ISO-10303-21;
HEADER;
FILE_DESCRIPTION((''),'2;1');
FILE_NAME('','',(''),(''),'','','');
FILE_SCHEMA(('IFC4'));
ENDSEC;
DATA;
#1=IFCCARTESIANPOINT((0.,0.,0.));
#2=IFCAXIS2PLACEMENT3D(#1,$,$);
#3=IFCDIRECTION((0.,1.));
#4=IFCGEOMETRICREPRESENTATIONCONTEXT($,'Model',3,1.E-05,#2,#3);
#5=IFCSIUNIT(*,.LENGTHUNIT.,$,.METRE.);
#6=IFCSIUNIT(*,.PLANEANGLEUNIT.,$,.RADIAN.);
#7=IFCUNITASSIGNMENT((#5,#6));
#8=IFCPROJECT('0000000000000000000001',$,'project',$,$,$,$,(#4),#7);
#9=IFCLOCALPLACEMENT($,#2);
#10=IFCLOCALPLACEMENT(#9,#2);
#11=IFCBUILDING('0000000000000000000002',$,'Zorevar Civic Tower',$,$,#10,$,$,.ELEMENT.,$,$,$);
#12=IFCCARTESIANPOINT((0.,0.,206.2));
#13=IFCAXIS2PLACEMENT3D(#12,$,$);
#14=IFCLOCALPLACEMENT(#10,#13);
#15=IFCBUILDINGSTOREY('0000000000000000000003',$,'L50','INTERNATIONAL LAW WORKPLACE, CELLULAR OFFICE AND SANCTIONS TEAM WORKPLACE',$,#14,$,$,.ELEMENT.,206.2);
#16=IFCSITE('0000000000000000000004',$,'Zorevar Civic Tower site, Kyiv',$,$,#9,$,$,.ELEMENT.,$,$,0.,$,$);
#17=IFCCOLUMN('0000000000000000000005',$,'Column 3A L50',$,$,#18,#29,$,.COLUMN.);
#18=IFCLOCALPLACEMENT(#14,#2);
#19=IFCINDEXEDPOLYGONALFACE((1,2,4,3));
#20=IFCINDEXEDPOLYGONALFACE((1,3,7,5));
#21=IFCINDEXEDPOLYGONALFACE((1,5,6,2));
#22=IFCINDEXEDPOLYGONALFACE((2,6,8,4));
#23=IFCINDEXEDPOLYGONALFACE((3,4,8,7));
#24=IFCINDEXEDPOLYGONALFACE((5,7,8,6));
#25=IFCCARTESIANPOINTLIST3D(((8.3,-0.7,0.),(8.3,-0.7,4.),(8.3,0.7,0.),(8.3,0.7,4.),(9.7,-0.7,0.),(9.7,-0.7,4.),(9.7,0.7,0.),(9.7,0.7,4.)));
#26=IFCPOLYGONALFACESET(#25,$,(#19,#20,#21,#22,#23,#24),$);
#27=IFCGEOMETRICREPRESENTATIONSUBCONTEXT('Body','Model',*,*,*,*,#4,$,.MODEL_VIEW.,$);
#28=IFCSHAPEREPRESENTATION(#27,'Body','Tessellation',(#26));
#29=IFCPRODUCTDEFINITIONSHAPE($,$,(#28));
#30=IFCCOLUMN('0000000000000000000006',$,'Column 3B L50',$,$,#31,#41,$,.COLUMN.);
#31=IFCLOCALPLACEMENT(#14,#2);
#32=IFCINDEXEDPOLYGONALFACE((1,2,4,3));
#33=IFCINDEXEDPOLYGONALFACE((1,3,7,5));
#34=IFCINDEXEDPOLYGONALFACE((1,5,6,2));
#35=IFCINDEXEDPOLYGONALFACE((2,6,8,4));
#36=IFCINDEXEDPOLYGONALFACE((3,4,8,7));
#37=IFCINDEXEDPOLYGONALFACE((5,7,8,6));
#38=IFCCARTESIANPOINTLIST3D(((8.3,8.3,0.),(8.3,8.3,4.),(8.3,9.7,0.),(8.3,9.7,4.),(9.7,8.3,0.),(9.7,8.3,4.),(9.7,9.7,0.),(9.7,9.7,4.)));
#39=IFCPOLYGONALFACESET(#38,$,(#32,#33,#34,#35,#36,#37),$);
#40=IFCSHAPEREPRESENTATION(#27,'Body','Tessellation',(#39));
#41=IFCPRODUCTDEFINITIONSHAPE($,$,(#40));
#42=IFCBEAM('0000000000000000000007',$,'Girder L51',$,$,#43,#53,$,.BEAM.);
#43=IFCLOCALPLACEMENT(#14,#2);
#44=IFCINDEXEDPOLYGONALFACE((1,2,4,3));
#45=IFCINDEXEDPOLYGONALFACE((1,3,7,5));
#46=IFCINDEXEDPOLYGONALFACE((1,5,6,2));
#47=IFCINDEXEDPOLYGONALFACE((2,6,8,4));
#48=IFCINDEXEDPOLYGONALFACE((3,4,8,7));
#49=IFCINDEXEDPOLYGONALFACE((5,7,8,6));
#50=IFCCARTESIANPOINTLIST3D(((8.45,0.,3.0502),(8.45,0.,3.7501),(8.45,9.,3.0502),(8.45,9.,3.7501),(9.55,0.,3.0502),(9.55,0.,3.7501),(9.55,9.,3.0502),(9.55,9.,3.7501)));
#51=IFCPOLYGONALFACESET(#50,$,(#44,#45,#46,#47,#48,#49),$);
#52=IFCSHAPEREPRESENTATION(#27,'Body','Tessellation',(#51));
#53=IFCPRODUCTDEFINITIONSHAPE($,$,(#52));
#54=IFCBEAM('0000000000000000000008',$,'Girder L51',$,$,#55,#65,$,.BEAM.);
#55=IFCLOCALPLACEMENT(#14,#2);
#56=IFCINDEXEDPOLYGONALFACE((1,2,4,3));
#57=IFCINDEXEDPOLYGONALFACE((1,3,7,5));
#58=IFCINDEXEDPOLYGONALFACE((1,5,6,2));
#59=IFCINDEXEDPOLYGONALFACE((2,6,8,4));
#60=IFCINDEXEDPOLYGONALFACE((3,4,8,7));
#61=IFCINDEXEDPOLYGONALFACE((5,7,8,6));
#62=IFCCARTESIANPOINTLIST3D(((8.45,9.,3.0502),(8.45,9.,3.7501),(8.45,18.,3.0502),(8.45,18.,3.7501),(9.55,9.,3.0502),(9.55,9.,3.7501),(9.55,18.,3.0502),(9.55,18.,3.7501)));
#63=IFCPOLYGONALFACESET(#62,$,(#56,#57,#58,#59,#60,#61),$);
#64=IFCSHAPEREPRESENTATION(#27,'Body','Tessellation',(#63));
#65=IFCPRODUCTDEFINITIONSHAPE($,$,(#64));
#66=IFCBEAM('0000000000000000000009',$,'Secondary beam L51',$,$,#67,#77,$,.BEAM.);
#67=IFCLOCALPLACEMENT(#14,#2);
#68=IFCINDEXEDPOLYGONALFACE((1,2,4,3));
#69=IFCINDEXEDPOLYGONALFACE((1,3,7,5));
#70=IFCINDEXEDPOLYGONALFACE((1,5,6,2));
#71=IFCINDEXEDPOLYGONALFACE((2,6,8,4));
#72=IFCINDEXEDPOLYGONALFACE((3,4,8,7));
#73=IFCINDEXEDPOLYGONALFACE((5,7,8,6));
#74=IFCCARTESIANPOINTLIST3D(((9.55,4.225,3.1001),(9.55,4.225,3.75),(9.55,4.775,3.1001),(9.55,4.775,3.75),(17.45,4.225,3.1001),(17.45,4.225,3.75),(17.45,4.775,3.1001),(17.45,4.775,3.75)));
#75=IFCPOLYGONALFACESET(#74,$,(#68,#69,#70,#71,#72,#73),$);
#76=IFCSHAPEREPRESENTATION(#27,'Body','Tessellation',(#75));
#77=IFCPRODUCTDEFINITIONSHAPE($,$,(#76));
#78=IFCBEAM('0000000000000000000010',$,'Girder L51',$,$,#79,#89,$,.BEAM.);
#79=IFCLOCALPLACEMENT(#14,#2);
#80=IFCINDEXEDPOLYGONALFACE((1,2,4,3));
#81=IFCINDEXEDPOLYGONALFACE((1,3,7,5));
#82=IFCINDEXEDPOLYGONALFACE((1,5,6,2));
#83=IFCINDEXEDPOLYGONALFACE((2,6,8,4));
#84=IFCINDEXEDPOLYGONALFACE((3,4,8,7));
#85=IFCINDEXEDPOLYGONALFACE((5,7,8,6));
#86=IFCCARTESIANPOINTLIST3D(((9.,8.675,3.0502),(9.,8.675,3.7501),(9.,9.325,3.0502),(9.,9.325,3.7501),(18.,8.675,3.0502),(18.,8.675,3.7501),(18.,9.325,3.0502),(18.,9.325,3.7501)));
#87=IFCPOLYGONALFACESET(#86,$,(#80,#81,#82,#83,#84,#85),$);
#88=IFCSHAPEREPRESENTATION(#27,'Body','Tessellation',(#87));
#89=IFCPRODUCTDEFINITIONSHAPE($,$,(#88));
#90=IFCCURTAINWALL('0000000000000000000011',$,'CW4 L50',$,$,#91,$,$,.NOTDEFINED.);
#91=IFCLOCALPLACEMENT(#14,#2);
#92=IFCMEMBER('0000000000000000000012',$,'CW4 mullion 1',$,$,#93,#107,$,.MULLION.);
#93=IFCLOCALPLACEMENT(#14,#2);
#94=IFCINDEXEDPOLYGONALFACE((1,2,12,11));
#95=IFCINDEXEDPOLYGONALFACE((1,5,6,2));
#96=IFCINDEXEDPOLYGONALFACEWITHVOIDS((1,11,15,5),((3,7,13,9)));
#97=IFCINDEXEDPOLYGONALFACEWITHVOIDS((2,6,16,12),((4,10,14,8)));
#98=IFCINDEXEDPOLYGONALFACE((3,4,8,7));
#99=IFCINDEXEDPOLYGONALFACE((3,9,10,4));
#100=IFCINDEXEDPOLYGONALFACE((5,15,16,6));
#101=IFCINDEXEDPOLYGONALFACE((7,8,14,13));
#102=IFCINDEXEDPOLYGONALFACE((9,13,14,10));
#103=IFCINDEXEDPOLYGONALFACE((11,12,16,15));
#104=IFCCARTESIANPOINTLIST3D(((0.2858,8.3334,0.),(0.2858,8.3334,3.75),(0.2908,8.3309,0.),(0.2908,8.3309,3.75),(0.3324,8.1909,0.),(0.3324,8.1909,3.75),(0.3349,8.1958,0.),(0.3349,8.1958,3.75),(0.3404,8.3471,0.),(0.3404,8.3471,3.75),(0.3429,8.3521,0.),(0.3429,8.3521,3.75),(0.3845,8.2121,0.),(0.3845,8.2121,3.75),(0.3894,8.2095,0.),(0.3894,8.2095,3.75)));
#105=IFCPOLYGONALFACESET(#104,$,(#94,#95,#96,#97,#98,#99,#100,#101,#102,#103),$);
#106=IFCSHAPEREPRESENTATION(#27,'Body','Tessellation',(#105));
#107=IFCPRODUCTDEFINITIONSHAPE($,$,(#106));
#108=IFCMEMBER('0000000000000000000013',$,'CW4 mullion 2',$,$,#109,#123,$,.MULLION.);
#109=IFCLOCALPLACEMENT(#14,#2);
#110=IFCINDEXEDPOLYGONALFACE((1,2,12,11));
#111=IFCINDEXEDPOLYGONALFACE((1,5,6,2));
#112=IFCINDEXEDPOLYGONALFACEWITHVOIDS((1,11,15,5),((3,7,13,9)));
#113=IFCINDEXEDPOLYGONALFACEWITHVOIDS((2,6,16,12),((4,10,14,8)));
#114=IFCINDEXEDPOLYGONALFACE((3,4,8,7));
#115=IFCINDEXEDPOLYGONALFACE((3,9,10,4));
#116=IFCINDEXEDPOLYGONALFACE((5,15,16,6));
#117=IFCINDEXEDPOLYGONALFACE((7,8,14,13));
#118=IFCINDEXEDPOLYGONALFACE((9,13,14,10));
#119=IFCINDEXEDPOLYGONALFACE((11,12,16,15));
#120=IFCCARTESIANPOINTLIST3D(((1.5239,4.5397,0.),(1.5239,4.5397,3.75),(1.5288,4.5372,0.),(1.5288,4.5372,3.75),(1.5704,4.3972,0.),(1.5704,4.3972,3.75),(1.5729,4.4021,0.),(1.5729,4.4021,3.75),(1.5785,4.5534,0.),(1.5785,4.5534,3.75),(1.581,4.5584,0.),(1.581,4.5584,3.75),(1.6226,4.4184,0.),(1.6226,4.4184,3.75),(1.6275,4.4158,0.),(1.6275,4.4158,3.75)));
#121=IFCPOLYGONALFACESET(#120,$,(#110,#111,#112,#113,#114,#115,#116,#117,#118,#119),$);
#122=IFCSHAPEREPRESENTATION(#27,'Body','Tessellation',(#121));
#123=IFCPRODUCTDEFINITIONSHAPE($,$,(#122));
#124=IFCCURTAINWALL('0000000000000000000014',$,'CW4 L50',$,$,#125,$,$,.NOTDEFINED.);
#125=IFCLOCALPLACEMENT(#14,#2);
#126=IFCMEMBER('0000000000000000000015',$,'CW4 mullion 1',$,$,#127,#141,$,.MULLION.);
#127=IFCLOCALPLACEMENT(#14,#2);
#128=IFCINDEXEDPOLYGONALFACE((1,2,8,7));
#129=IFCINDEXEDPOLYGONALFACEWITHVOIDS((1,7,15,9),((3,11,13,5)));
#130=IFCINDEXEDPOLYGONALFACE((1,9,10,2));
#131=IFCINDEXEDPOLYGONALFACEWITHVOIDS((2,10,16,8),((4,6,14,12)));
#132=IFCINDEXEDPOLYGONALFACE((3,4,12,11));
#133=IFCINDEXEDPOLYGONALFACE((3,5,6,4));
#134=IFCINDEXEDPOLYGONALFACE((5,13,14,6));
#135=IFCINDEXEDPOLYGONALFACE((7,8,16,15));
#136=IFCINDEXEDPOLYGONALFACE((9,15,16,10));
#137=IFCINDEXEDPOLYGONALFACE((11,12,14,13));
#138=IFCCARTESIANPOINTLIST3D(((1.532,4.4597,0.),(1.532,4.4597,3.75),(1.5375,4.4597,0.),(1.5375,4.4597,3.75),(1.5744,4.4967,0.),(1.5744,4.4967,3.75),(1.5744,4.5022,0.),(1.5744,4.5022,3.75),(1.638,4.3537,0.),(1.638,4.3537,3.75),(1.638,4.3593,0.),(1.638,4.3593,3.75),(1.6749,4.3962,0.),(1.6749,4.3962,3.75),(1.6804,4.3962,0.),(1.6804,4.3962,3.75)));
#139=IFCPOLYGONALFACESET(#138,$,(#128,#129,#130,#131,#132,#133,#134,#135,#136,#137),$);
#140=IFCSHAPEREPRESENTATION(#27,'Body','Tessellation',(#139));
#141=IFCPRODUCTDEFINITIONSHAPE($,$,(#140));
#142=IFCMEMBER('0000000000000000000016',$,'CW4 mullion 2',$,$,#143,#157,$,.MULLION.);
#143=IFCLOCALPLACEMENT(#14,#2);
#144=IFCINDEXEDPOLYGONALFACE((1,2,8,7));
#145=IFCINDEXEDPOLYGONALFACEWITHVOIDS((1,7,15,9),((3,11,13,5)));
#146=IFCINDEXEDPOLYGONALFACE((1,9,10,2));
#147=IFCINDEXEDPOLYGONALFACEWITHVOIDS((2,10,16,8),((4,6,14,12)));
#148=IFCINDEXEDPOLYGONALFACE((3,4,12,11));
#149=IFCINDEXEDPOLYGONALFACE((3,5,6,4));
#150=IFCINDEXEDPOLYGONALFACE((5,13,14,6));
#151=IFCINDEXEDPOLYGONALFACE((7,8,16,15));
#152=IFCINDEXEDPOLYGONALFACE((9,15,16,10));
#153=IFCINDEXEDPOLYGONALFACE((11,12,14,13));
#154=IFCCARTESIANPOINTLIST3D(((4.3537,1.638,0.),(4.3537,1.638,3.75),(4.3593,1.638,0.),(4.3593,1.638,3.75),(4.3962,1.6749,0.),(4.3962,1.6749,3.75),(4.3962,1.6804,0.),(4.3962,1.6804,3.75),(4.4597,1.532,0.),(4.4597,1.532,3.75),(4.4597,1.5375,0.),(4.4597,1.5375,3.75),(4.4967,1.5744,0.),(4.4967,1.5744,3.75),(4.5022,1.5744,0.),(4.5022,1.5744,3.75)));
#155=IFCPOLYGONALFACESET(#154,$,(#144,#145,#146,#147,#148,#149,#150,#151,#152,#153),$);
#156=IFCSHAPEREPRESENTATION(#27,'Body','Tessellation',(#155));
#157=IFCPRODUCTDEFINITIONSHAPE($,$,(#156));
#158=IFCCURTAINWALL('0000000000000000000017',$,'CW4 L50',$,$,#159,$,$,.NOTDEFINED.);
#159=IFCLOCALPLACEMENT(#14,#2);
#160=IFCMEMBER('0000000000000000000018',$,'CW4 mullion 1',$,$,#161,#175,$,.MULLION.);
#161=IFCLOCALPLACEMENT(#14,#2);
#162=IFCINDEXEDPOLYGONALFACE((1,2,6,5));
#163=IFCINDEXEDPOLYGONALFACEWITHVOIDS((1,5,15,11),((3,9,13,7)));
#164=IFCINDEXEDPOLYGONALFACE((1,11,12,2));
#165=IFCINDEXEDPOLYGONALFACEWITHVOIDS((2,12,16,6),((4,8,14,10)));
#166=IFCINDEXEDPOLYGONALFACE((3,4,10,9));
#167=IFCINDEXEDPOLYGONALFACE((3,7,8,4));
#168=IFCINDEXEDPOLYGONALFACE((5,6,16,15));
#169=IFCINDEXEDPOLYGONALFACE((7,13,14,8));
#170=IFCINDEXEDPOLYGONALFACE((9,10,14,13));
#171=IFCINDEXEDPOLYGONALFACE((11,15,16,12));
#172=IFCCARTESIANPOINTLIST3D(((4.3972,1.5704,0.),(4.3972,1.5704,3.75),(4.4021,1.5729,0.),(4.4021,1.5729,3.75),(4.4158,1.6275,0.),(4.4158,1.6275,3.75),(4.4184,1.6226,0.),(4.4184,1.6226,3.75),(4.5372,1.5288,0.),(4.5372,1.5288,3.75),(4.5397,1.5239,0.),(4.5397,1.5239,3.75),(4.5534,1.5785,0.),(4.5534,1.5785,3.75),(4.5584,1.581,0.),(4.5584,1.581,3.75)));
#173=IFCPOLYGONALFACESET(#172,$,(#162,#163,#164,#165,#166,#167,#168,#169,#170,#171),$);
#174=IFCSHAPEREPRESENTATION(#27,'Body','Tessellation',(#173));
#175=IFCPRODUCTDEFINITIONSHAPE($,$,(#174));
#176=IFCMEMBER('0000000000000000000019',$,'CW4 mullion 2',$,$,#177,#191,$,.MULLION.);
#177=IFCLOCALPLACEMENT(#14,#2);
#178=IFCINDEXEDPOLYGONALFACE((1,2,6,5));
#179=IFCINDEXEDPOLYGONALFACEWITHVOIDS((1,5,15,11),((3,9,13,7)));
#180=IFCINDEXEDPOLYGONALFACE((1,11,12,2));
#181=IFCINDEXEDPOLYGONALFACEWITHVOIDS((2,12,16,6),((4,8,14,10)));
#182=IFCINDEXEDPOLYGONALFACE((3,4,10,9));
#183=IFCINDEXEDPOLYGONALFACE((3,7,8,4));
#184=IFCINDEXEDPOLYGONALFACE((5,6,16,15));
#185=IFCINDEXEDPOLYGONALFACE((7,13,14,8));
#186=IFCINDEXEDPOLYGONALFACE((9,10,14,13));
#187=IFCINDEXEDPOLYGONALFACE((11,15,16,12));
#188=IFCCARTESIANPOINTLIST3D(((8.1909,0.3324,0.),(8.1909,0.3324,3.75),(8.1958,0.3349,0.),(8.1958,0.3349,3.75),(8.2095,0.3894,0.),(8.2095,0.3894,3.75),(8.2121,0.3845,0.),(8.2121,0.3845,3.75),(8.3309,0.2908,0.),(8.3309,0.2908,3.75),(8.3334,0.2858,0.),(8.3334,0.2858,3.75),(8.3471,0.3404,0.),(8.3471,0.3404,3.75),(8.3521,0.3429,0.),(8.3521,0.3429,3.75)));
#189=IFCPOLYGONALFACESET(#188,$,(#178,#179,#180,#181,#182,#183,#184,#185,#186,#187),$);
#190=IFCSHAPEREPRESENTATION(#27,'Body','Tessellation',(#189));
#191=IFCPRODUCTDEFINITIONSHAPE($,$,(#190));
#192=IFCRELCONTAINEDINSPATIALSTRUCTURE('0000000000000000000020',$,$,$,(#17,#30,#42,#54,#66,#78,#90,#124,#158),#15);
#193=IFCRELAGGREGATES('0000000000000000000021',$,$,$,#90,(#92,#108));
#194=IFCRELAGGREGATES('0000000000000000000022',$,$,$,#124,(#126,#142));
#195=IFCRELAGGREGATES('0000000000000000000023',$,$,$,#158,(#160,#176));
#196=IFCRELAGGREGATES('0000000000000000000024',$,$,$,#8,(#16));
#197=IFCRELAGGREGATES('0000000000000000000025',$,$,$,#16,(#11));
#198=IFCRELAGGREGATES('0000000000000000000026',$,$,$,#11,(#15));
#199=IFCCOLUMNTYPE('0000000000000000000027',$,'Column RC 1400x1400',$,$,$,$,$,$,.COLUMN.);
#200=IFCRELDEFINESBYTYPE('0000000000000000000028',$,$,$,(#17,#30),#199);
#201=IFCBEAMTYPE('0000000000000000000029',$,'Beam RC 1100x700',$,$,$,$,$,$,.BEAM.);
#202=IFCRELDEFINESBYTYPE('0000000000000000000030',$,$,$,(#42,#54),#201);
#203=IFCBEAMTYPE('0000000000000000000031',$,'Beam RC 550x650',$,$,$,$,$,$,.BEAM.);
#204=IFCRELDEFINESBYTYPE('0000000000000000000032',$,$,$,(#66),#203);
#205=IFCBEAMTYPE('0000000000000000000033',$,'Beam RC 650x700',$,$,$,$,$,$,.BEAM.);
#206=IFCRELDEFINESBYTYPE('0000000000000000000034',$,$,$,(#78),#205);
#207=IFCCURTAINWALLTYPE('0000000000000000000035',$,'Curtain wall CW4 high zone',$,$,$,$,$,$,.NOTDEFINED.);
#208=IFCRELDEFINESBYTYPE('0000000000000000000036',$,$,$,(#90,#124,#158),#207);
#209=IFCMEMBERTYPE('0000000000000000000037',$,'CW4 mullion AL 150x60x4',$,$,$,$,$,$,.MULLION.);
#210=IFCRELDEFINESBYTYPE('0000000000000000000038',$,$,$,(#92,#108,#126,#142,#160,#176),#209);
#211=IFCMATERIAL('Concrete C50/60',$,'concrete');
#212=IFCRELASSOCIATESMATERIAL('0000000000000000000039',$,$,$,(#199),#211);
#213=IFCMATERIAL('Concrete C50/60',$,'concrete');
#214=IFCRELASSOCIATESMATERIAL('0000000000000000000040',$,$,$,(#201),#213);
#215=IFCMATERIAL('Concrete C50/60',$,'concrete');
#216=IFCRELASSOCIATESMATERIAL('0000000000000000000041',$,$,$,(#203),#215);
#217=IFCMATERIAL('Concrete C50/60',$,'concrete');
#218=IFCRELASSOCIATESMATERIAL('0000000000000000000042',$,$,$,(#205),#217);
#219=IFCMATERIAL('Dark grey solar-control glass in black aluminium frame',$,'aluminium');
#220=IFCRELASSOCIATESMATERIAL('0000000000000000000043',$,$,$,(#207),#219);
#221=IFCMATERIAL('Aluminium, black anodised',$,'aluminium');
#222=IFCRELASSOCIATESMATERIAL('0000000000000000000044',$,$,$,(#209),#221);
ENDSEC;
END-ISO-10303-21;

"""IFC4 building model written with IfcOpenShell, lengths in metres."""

from ifc_helpers import new_model, si_unit, direction, frame, origin, origin_2d, place, context, subcontext, project, spatial, rectangle, hollow_rectangle, extrude, material, material_profile, profile_set, type_object, element, aggregate, save


model = new_model("IFC4")

# Units and contexts
model_context = context("Model", 3, precision=1e-05, world=origin(), true_north=direction((0.0, 1.0)))
body_context = subcontext(model_context, "Body", "Model", "MODEL_VIEW")
ifc_project = project(units=[si_unit("LENGTHUNIT", "METRE"), si_unit("PLANEANGLEUNIT", "RADIAN")], contexts=[model_context])

# Site, building, storey
site_placement = place(None, origin())
site = spatial("IfcSite", under=ifc_project, at=site_placement, Name="Zorevar Civic Tower site, Kyiv", CompositionType="ELEMENT", RefElevation=0.0)
building_placement = place(site_placement, origin())
building = spatial("IfcBuilding", under=site, at=building_placement, Name="Zorevar Civic Tower", CompositionType="ELEMENT")
storey_placement = place(building_placement, frame((0.0, 0.0, 206.2)))
storey = spatial("IfcBuildingStorey", under=building, at=storey_placement, Name="L50", Description="INTERNATIONAL LAW WORKPLACE, CELLULAR OFFICE AND SANCTIONS TEAM WORKPLACE", CompositionType="ELEMENT", Elevation=206.2)

# Columns
ifc_material_1 = material(Name="Concrete C50/60", Category="concrete")
ifc_material_profile_1 = material_profile(ifc_material_1, rectangle(XDim=1.3999, YDim=1.3999, at=origin_2d()), Name="RC 1400x1400")
ifc_profile_set_1 = profile_set([ifc_material_profile_1], Name="Concrete C50/60")
column_type = type_object("IfcColumnType", Name="Column RC 1400x1400", PredefinedType="COLUMN", material=ifc_profile_set_1)
for number, where, z_axis, x_axis, name in (
    (1, (9.0, 0.0, 0.0), (0.0, 0.0, 1.0), (1.0, 0.0, 0.0), "Column 3A L50"),
    (2, (9.0, 9.0, 0.0), (0.0, 0.0, 1.0), (1.0, 0.0, 0.0), "Column 3B L50"),
):
    element("IfcColumn", number, at=place(storey_placement, frame(where, z_axis=z_axis, x_axis=x_axis)), inside=storey, type_object=column_type, Name=name, PredefinedType="COLUMN", context=body_context, shape_type="SweptSolid", body=[
        extrude(rectangle(XDim=1.3999, YDim=1.3999, at=origin_2d()), origin(), (0.0, 0.0, 1.0), 4.0),
    ])

# Beams
ifc_material_2 = material(Name="Concrete C50/60", Category="concrete")
ifc_material_profile_2 = material_profile(ifc_material_2, rectangle(XDim=1.1001, YDim=0.7, at=origin_2d()), Name="RC 1100x700")
ifc_profile_set_2 = profile_set([ifc_material_profile_2], Name="Concrete C50/60")
beam_type_1 = type_object("IfcBeamType", Name="Beam RC 1100x700", PredefinedType="BEAM", material=ifc_profile_set_2)
for number, where, z_axis, x_axis, name in (
    (3, (9.0, 0.0, 3.4001), (0.0, 1.0, 0.0), (-1.0, 0.0, 0.0), "Girder L51"),
    (4, (9.0, 9.0, 3.4001), (0.0, 1.0, 0.0), (-1.0, 0.0, 0.0), "Girder L51"),
):
    element("IfcBeam", number, at=place(storey_placement, frame(where, z_axis=z_axis, x_axis=x_axis)), inside=storey, type_object=beam_type_1, Name=name, PredefinedType="BEAM", context=body_context, shape_type="SweptSolid", body=[
        extrude(rectangle(XDim=1.1001, YDim=0.7, at=origin_2d()), origin(), (0.0, 0.0, 1.0), 9.0),
    ])
ifc_material_3 = material(Name="Concrete C50/60", Category="concrete")
ifc_material_profile_3 = material_profile(ifc_material_3, rectangle(XDim=0.55, YDim=0.6499, at=origin_2d()), Name="RC 550x650")
ifc_profile_set_3 = profile_set([ifc_material_profile_3], Name="Concrete C50/60")
beam_type_2 = type_object("IfcBeamType", Name="Beam RC 550x650", PredefinedType="BEAM", material=ifc_profile_set_3)
beam_1_placement = place(storey_placement, frame((9.55, 4.5, 3.425), z_axis=(1.0, 0.0, 0.0), x_axis=(0.0, 1.0, 0.0)))
element("IfcBeam", 5, at=beam_1_placement, inside=storey, type_object=beam_type_2, Name="Secondary beam L51", PredefinedType="BEAM", context=body_context, shape_type="SweptSolid", body=[
    extrude(rectangle(XDim=0.55, YDim=0.6499, at=origin_2d()), origin(), (0.0, 0.0, 1.0), 7.8999),
])
ifc_material_4 = material(Name="Concrete C50/60", Category="concrete")
ifc_material_profile_4 = material_profile(ifc_material_4, rectangle(XDim=0.6499, YDim=0.7, at=origin_2d()), Name="RC 650x700")
ifc_profile_set_4 = profile_set([ifc_material_profile_4], Name="Concrete C50/60")
beam_type_3 = type_object("IfcBeamType", Name="Beam RC 650x700", PredefinedType="BEAM", material=ifc_profile_set_4)
beam_2_placement = place(storey_placement, frame((9.0, 9.0, 3.4001), z_axis=(1.0, 0.0, 0.0), x_axis=(0.0, 1.0, 0.0)))
element("IfcBeam", 6, at=beam_2_placement, inside=storey, type_object=beam_type_3, Name="Girder L51", PredefinedType="BEAM", context=body_context, shape_type="SweptSolid", body=[
    extrude(rectangle(XDim=0.6499, YDim=0.7, at=origin_2d()), origin(), (0.0, 0.0, 1.0), 9.0),
])

# Curtain walls, members
ifc_material_5 = material(Name="Dark grey solar-control glass in black aluminium frame", Category="aluminium")
curtain_wall_type = type_object("IfcCurtainWallType", Name="Curtain wall CW4 high zone", PredefinedType="NOTDEFINED", material=ifc_material_5)
curtain_wall_1_placement = place(storey_placement, origin())
curtain_wall_1 = element("IfcCurtainWall", 7, at=curtain_wall_1_placement, inside=storey, type_object=curtain_wall_type, Name="CW4 L50", PredefinedType="NOTDEFINED")
ifc_material_6 = material(Name="Aluminium, black anodised", Category="aluminium")
ifc_material_profile_5 = material_profile(ifc_material_6, hollow_rectangle(XDim=0.0601, YDim=0.1499, WallThickness=0.0039, at=origin_2d()), Name="AL 150x60x4")
ifc_profile_set_5 = profile_set([ifc_material_profile_5], Name="Aluminium, black anodised")
member_type_1 = type_object("IfcMemberType", Name="CW4 mullion AL 150x60x4", PredefinedType="MULLION", material=ifc_profile_set_5)
member_1_placement = place(storey_placement, frame((0.3376, 8.2715, 0.0), z_axis=(0.0, 0.0, 1.0), x_axis=(0.950645, 0.310281, 0.0)))
member_1 = element("IfcMember", 8, at=member_1_placement, type_object=member_type_1, Name="CW4 mullion 1", PredefinedType="MULLION", context=body_context, shape_type="SweptSolid", body=[
    extrude(hollow_rectangle(XDim=0.0601, YDim=0.1499, WallThickness=0.0039, at=origin_2d()), origin(), (0.0, 0.0, 1.0), 3.75),
])
member_2_placement = place(storey_placement, frame((1.5757, 4.4778, 0.0), z_axis=(0.0, 0.0, 1.0), x_axis=(0.950645, 0.310281, 0.0)))
member_2 = element("IfcMember", 9, at=member_2_placement, type_object=member_type_1, Name="CW4 mullion 2", PredefinedType="MULLION", context=body_context, shape_type="SweptSolid", body=[
    extrude(hollow_rectangle(XDim=0.0601, YDim=0.1499, WallThickness=0.0039, at=origin_2d()), origin(), (0.0, 0.0, 1.0), 3.75),
])
curtain_wall_2_placement = place(storey_placement, origin())
curtain_wall_2 = element("IfcCurtainWall", 10, at=curtain_wall_2_placement, inside=storey, type_object=curtain_wall_type, Name="CW4 L50", PredefinedType="NOTDEFINED")
member_3_placement = place(storey_placement, frame((1.6062, 4.428, 0.0), z_axis=(0.0, 0.0, 1.0), x_axis=(0.707107, 0.707107, 0.0)))
member_3 = element("IfcMember", 11, at=member_3_placement, type_object=member_type_1, Name="CW4 mullion 1", PredefinedType="MULLION", context=body_context, shape_type="SweptSolid", body=[
    extrude(hollow_rectangle(XDim=0.0601, YDim=0.1499, WallThickness=0.0039, at=origin_2d()), origin(), (0.0, 0.0, 1.0), 3.75),
])
member_4_placement = place(storey_placement, frame((4.428, 1.6062, 0.0), z_axis=(0.0, 0.0, 1.0), x_axis=(0.707107, 0.707107, 0.0)))
member_4 = element("IfcMember", 12, at=member_4_placement, type_object=member_type_1, Name="CW4 mullion 2", PredefinedType="MULLION", context=body_context, shape_type="SweptSolid", body=[
    extrude(hollow_rectangle(XDim=0.0601, YDim=0.1499, WallThickness=0.0039, at=origin_2d()), origin(), (0.0, 0.0, 1.0), 3.75),
])
curtain_wall_3_placement = place(storey_placement, origin())
curtain_wall_3 = element("IfcCurtainWall", 13, at=curtain_wall_3_placement, inside=storey, type_object=curtain_wall_type, Name="CW4 L50", PredefinedType="NOTDEFINED")
member_5_placement = place(storey_placement, frame((4.4778, 1.5757, 0.0), z_axis=(0.0, 0.0, 1.0), x_axis=(0.310281, 0.950645, 0.0)))
member_5 = element("IfcMember", 14, at=member_5_placement, type_object=member_type_1, Name="CW4 mullion 1", PredefinedType="MULLION", context=body_context, shape_type="SweptSolid", body=[
    extrude(hollow_rectangle(XDim=0.0601, YDim=0.1499, WallThickness=0.0039, at=origin_2d()), origin(), (0.0, 0.0, 1.0), 3.75),
])
member_6_placement = place(storey_placement, frame((8.2715, 0.3376, 0.0), z_axis=(0.0, 0.0, 1.0), x_axis=(0.310281, 0.950645, 0.0)))
member_6 = element("IfcMember", 15, at=member_6_placement, type_object=member_type_1, Name="CW4 mullion 2", PredefinedType="MULLION", context=body_context, shape_type="SweptSolid", body=[
    extrude(hollow_rectangle(XDim=0.0601, YDim=0.1499, WallThickness=0.0039, at=origin_2d()), origin(), (0.0, 0.0, 1.0), 3.75),
])

aggregate(curtain_wall_1, [member_1, member_2])
aggregate(curtain_wall_2, [member_3, member_4])
aggregate(curtain_wall_3, [member_5, member_6])

save(model, "model.ifc")
